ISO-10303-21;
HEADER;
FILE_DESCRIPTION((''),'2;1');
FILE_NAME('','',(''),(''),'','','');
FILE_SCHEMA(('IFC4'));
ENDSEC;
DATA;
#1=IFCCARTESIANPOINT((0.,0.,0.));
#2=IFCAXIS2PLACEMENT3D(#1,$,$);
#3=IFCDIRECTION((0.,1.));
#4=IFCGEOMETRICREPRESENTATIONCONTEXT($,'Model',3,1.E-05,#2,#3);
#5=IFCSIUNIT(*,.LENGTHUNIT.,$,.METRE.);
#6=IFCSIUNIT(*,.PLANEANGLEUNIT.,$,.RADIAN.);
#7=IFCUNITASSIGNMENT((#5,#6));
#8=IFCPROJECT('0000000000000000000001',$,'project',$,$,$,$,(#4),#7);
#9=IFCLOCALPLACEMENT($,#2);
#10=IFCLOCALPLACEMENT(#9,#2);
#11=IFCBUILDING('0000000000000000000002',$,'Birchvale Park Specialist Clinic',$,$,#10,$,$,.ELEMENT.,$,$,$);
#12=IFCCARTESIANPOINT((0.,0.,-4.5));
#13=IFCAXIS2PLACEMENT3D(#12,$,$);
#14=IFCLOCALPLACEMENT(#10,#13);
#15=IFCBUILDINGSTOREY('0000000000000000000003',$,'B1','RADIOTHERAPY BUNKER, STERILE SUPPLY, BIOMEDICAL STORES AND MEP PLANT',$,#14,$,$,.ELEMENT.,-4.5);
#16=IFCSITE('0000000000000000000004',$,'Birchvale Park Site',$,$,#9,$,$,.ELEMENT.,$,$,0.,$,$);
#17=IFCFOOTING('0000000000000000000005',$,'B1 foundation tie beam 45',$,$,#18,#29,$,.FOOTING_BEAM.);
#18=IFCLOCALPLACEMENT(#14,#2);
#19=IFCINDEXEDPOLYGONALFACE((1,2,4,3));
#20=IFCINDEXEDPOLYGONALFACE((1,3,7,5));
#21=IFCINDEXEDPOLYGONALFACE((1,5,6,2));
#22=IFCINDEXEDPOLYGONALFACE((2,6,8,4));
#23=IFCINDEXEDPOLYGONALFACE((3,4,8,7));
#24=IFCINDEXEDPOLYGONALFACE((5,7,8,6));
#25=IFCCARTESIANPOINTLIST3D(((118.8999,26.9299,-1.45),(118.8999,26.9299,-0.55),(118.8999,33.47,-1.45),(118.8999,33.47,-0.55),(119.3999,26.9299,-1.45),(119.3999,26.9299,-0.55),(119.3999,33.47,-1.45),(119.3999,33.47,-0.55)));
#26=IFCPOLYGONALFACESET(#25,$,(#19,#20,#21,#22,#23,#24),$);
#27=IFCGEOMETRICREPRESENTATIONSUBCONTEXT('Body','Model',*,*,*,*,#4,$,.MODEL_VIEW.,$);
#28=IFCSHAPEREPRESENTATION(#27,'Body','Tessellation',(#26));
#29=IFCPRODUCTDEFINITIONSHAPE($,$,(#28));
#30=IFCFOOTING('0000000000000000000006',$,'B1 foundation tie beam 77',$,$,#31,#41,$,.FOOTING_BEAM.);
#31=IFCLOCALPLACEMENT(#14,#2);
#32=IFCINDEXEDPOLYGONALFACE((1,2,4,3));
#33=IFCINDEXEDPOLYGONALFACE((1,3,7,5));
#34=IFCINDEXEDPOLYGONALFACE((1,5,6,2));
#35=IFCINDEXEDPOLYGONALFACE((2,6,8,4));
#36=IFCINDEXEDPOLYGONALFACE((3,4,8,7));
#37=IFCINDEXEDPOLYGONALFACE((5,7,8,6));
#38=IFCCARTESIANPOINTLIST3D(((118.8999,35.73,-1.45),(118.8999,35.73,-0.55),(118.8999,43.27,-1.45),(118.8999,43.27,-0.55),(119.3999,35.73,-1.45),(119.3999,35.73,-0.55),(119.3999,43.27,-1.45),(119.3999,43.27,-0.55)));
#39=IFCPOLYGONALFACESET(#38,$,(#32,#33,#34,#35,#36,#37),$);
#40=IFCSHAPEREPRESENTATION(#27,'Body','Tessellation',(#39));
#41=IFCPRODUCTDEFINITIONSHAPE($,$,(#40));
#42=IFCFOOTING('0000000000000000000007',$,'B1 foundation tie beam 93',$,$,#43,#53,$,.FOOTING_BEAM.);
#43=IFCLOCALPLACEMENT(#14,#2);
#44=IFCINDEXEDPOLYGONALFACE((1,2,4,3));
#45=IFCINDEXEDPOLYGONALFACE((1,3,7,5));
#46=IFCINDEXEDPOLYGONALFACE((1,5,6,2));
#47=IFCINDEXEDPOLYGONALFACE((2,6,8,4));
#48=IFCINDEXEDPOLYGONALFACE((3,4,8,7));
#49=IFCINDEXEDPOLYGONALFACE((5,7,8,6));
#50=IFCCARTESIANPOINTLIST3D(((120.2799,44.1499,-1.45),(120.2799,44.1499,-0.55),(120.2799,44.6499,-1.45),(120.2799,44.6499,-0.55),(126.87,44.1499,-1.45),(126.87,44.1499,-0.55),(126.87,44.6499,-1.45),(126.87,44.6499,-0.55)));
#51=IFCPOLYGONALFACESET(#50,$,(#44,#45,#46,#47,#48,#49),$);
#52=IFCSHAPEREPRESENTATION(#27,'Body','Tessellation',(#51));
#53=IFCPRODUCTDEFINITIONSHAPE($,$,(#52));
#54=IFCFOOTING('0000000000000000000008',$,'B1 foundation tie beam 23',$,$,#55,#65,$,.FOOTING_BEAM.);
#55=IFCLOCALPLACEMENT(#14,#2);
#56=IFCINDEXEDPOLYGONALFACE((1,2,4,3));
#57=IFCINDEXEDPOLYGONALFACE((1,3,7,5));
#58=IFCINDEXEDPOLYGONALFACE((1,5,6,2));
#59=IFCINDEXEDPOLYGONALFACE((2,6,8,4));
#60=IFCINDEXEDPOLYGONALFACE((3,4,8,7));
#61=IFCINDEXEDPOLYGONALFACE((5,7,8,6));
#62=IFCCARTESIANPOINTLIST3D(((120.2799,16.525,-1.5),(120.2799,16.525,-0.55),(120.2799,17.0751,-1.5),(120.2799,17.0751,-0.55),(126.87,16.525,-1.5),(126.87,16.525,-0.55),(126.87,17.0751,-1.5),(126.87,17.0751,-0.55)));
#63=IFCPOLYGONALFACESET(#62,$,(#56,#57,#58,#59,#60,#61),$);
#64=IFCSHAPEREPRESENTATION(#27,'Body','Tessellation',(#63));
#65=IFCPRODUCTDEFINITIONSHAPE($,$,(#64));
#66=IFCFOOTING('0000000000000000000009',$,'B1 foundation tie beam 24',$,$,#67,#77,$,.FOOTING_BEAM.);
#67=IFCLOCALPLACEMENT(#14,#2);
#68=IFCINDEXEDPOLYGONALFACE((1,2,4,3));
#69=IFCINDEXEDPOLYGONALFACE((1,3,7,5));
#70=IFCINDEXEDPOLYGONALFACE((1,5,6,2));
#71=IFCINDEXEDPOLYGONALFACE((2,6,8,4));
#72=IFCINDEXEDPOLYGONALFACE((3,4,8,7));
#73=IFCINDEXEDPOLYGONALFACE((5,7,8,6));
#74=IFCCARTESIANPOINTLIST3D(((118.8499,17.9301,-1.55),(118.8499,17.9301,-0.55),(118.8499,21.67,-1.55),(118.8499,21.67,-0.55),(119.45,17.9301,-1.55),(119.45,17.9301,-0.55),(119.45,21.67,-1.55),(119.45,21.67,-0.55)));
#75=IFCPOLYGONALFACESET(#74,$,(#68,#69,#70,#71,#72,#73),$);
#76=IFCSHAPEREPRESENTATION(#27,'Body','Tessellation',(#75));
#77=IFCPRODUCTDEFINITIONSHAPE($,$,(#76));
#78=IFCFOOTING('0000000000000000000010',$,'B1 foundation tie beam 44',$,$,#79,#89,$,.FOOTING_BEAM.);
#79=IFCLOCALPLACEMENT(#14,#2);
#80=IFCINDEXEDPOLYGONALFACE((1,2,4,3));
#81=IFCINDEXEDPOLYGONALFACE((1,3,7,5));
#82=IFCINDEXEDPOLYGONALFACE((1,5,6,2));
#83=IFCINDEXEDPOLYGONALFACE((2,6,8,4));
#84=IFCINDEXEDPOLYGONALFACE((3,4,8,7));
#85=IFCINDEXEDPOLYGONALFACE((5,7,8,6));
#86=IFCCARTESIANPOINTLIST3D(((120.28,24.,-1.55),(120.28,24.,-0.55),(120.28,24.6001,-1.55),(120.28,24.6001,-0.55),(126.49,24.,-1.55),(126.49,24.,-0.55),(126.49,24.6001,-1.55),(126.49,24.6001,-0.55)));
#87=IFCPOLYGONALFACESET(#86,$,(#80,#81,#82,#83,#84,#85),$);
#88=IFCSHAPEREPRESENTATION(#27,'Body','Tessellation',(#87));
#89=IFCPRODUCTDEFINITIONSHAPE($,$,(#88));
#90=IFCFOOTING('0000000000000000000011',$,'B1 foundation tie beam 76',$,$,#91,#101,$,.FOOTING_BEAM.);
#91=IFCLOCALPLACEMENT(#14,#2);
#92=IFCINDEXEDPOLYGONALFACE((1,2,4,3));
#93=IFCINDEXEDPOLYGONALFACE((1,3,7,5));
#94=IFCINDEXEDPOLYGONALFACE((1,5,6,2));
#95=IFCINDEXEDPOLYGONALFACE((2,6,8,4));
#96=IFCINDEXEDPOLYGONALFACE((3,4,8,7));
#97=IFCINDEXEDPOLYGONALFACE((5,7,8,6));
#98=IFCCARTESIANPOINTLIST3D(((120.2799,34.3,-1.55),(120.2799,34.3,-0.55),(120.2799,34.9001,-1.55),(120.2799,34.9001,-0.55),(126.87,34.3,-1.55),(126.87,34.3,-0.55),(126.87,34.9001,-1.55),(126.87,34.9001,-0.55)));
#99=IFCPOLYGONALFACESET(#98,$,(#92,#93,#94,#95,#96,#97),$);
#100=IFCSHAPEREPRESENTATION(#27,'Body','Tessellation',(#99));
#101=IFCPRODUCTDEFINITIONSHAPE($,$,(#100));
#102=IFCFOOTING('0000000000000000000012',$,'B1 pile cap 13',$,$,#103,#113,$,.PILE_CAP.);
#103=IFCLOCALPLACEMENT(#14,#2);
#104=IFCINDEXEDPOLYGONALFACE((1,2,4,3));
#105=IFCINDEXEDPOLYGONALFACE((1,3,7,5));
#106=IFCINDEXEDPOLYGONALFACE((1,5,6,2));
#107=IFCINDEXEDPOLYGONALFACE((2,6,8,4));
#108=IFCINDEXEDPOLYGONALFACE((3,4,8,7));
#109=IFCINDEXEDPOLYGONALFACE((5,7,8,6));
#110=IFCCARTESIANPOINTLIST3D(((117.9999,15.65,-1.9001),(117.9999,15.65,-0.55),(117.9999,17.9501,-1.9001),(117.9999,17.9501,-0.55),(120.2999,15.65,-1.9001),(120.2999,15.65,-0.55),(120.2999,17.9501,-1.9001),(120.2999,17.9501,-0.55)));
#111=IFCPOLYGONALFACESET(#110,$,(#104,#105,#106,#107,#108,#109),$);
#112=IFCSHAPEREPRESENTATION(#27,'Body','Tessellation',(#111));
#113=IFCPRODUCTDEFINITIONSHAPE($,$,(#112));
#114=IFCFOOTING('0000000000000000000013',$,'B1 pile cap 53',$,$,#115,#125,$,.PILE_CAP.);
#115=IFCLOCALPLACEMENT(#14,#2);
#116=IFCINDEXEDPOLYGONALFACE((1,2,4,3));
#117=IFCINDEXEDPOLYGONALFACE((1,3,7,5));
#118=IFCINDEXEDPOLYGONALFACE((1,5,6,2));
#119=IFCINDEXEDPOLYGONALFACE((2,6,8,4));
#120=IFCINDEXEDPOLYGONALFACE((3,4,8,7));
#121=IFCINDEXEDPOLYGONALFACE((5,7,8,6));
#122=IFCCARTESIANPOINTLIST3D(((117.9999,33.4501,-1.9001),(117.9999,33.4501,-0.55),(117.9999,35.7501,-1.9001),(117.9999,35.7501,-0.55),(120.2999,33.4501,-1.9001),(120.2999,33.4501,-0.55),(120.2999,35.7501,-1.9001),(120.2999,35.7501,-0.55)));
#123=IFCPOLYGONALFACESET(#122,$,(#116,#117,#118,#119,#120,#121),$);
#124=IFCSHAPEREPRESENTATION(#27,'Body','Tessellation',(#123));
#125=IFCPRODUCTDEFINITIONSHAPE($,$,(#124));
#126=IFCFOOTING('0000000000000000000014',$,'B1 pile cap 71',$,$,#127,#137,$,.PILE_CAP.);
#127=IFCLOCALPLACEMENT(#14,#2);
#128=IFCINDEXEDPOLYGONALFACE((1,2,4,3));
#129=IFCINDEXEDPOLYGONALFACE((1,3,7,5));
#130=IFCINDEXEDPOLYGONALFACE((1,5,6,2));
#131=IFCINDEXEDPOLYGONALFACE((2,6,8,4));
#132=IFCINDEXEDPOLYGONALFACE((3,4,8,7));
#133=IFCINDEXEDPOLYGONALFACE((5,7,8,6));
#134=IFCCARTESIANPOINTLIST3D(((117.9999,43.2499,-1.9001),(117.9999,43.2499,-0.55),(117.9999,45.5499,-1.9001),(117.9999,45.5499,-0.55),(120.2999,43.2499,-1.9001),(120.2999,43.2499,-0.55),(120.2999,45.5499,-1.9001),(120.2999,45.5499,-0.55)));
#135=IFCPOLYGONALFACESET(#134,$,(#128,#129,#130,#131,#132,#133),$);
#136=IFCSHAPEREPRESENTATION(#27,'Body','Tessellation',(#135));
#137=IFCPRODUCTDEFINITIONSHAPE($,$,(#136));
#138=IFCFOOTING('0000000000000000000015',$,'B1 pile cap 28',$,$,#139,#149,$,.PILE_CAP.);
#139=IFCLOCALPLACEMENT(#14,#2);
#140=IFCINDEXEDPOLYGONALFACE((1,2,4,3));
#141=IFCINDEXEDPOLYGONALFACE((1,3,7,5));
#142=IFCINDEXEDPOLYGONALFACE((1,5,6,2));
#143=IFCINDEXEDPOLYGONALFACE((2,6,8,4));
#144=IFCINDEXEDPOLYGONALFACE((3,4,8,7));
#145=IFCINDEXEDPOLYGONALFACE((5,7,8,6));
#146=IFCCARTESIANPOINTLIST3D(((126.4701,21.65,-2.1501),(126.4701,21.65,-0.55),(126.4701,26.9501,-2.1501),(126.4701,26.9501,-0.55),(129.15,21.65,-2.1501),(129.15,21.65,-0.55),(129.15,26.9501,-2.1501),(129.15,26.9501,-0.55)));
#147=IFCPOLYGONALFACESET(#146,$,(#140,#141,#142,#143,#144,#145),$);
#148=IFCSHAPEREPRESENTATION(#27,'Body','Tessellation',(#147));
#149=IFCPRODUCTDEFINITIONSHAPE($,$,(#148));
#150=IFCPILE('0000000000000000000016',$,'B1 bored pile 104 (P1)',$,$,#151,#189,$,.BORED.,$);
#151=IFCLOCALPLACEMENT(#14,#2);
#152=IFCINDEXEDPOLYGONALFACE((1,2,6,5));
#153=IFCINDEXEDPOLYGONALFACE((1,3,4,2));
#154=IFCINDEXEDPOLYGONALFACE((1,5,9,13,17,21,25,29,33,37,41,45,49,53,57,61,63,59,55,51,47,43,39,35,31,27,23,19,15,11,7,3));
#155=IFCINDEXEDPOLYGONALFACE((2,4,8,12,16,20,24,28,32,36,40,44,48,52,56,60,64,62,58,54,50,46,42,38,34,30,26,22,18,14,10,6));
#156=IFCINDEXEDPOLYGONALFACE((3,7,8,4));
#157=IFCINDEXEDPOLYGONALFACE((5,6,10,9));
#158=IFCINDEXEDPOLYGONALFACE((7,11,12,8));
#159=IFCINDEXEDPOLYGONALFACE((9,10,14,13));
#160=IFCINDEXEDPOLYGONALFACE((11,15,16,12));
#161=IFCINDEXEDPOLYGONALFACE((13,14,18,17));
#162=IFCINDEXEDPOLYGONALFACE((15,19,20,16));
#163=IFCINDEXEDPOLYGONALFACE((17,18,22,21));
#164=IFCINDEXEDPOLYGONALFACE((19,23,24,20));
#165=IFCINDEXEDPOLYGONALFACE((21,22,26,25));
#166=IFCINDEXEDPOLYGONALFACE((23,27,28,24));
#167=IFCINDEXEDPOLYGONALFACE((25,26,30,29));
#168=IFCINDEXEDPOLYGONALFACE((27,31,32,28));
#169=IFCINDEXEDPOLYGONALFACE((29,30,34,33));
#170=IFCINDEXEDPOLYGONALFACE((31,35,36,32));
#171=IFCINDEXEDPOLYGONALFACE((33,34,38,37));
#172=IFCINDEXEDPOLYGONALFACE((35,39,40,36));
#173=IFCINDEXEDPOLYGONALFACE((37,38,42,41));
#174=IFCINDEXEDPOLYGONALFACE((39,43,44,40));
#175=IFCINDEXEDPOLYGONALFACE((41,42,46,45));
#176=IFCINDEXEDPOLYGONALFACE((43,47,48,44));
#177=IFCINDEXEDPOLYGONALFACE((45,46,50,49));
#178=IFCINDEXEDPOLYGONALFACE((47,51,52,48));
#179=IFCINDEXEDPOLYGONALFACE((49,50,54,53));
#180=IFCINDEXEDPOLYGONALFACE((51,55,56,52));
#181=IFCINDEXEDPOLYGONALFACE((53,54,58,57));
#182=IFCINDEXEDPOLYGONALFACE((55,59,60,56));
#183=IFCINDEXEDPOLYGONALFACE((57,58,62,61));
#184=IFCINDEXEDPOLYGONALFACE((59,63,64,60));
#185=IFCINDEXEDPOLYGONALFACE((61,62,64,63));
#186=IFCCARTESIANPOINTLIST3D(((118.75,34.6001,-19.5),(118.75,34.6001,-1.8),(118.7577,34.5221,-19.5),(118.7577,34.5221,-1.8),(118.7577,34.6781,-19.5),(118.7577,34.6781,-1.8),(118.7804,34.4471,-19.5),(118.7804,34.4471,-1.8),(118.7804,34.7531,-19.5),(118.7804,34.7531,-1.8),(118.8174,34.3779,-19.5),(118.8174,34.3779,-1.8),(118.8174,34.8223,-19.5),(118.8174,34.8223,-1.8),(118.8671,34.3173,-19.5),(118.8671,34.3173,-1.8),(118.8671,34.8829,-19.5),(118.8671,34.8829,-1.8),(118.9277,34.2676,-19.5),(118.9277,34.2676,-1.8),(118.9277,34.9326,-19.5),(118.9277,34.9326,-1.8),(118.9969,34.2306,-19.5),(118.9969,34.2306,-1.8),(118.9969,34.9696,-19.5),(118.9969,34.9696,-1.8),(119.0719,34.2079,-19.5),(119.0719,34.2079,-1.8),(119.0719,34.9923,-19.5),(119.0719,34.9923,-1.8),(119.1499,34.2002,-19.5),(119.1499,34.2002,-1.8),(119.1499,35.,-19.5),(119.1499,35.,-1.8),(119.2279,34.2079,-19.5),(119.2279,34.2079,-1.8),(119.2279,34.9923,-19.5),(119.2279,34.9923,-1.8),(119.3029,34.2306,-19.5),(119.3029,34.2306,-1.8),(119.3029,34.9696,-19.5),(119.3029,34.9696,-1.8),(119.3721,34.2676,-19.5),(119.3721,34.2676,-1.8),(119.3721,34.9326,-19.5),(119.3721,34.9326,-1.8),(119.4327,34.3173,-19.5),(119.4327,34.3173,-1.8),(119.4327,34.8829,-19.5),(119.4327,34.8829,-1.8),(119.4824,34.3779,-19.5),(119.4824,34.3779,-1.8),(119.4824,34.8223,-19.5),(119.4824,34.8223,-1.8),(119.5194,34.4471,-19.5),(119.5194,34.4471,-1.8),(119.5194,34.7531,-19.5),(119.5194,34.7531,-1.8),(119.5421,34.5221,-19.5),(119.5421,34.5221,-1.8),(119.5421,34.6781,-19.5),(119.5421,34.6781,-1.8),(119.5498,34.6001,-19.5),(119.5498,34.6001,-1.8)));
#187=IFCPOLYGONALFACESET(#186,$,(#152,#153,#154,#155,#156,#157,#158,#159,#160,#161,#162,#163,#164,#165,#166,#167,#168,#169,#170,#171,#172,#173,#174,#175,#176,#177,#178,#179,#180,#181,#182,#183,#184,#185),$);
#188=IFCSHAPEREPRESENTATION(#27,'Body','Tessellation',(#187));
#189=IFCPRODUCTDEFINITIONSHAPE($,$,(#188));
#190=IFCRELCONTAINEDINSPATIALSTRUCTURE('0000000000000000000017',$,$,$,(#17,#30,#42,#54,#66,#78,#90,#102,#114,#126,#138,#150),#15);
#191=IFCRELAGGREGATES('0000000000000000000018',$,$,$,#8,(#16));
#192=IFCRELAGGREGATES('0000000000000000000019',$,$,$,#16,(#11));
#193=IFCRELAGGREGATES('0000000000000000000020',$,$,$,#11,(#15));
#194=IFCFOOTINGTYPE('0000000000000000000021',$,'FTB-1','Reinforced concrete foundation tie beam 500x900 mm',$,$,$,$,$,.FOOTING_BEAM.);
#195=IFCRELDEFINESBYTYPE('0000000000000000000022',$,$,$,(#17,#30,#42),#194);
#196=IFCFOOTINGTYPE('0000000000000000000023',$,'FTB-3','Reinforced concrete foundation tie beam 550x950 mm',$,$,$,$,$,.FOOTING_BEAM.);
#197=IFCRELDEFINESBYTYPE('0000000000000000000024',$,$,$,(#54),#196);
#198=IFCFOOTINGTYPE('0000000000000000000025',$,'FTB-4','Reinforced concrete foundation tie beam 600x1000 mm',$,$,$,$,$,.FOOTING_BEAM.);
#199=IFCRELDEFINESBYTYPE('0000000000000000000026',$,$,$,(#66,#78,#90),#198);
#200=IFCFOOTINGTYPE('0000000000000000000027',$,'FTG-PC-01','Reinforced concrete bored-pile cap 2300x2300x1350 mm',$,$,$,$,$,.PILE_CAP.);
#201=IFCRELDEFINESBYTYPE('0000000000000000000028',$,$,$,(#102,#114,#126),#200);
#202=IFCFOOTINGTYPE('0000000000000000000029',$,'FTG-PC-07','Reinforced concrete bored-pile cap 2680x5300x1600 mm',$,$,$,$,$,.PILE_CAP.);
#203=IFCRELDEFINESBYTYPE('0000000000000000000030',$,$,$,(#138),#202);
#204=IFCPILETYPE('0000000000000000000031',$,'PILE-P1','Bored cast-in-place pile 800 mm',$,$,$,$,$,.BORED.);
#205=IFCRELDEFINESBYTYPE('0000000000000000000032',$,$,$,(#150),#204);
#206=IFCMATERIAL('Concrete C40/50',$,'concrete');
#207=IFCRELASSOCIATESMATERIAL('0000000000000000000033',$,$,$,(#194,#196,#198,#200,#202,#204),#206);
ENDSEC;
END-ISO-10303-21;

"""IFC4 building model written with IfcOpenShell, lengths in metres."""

from ifc_helpers import new_model, si_unit, direction, frame, origin, origin_2d, place, context, subcontext, project, spatial, rectangle, circle, extrude, material, material_profile, profile_set, type_object, element, save


model = new_model("IFC4")

# Units and contexts
model_context = context("Model", 3, precision=1e-05, world=origin(), true_north=direction((0.0, 1.0)))
body_context = subcontext(model_context, "Body", "Model", "MODEL_VIEW")
ifc_project = project(units=[si_unit("LENGTHUNIT", "METRE"), si_unit("PLANEANGLEUNIT", "RADIAN")], contexts=[model_context])

# Site, building, storey
site_placement = place(None, origin())
site = spatial("IfcSite", under=ifc_project, at=site_placement, Name="Birchvale Park Site", CompositionType="ELEMENT", RefElevation=0.0)
building_placement = place(site_placement, origin())
building = spatial("IfcBuilding", under=site, at=building_placement, Name="Birchvale Park Specialist Clinic", CompositionType="ELEMENT")
storey_placement = place(building_placement, frame((0.0, 0.0, -4.5)))
storey = spatial("IfcBuildingStorey", under=building, at=storey_placement, Name="B1", Description="RADIOTHERAPY BUNKER, STERILE SUPPLY, BIOMEDICAL STORES AND MEP PLANT", CompositionType="ELEMENT", Elevation=-4.5)

# Footings
ifc_material_1 = material(Name="Concrete C40/50", Category="concrete")
footing_type_1 = type_object("IfcFootingType", Name="FTB-1", Description="Reinforced concrete foundation tie beam 500x900 mm", PredefinedType="FOOTING_BEAM", material=ifc_material_1)
footing_1_placement = place(storey_placement, frame((119.1499, 30.2, -1.45), z_axis=(0.0, 0.0, 1.0), x_axis=(1.0, 0.0, 0.0)))
element("IfcFooting", 1, at=footing_1_placement, inside=storey, type_object=footing_type_1, Name="B1 foundation tie beam 45", PredefinedType="FOOTING_BEAM", context=body_context, shape_type="SweptSolid", body=[
    extrude(rectangle(XDim=0.5, YDim=6.54, at=origin_2d()), origin(), (0.0, 0.0, 1.0), 0.8999),
])
footing_2_placement = place(storey_placement, frame((119.1499, 39.5, -1.45), z_axis=(0.0, 0.0, 1.0), x_axis=(1.0, 0.0, 0.0)))
element("IfcFooting", 2, at=footing_2_placement, inside=storey, type_object=footing_type_1, Name="B1 foundation tie beam 77", PredefinedType="FOOTING_BEAM", context=body_context, shape_type="SweptSolid", body=[
    extrude(rectangle(XDim=0.5, YDim=7.54, at=origin_2d()), origin(), (0.0, 0.0, 1.0), 0.8999),
])
footing_3_placement = place(storey_placement, frame((123.575, 44.3999, -1.45), z_axis=(0.0, 0.0, 1.0), x_axis=(1.0, 0.0, 0.0)))
element("IfcFooting", 3, at=footing_3_placement, inside=storey, type_object=footing_type_1, Name="B1 foundation tie beam 93", PredefinedType="FOOTING_BEAM", context=body_context, shape_type="SweptSolid", body=[
    extrude(rectangle(XDim=6.5901, YDim=0.5, at=origin_2d()), origin(), (0.0, 0.0, 1.0), 0.8999),
])
footing_type_2 = type_object("IfcFootingType", Name="FTB-3", Description="Reinforced concrete foundation tie beam 550x950 mm", PredefinedType="FOOTING_BEAM", material=ifc_material_1)
footing_4_placement = place(storey_placement, frame((123.575, 16.8, -1.5), z_axis=(0.0, 0.0, 1.0), x_axis=(1.0, 0.0, 0.0)))
element("IfcFooting", 4, at=footing_4_placement, inside=storey, type_object=footing_type_2, Name="B1 foundation tie beam 23", PredefinedType="FOOTING_BEAM", context=body_context, shape_type="SweptSolid", body=[
    extrude(rectangle(XDim=6.5901, YDim=0.55, at=origin_2d()), origin(), (0.0, 0.0, 1.0), 0.95),
])
footing_type_3 = type_object("IfcFootingType", Name="FTB-4", Description="Reinforced concrete foundation tie beam 600x1000 mm", PredefinedType="FOOTING_BEAM", material=ifc_material_1)
footing_5_placement = place(storey_placement, frame((119.1499, 19.8, -1.55), z_axis=(0.0, 0.0, 1.0), x_axis=(1.0, 0.0, 0.0)))
element("IfcFooting", 5, at=footing_5_placement, inside=storey, type_object=footing_type_3, Name="B1 foundation tie beam 24", PredefinedType="FOOTING_BEAM", context=body_context, shape_type="SweptSolid", body=[
    extrude(rectangle(XDim=0.6001, YDim=3.74, at=origin_2d()), origin(), (0.0, 0.0, 1.0), 1.0),
])
footing_6_placement = place(storey_placement, frame((123.385, 24.3, -1.55), z_axis=(0.0, 0.0, 1.0), x_axis=(1.0, 0.0, 0.0)))
element("IfcFooting", 6, at=footing_6_placement, inside=storey, type_object=footing_type_3, Name="B1 foundation tie beam 44", PredefinedType="FOOTING_BEAM", context=body_context, shape_type="SweptSolid", body=[
    extrude(rectangle(XDim=6.21, YDim=0.6001, at=origin_2d()), origin(), (0.0, 0.0, 1.0), 1.0),
])
footing_7_placement = place(storey_placement, frame((123.575, 34.6001, -1.55), z_axis=(0.0, 0.0, 1.0), x_axis=(1.0, 0.0, 0.0)))
element("IfcFooting", 7, at=footing_7_placement, inside=storey, type_object=footing_type_3, Name="B1 foundation tie beam 76", PredefinedType="FOOTING_BEAM", context=body_context, shape_type="SweptSolid", body=[
    extrude(rectangle(XDim=6.5901, YDim=0.6001, at=origin_2d()), origin(), (0.0, 0.0, 1.0), 1.0),
])
footing_type_4 = type_object("IfcFootingType", Name="FTG-PC-01", Description="Reinforced concrete bored-pile cap 2300x2300x1350 mm", PredefinedType="PILE_CAP", material=ifc_material_1)
for number, where, z_axis, x_axis, name in (
    (8, (119.1499, 16.8, -1.9001), (0.0, 0.0, 1.0), (1.0, 0.0, 0.0), "B1 pile cap 13"),
    (9, (119.1499, 34.6001, -1.9001), (0.0, 0.0, 1.0), (1.0, 0.0, 0.0), "B1 pile cap 53"),
    (10, (119.1499, 44.3999, -1.9001), (0.0, 0.0, 1.0), (1.0, 0.0, 0.0), "B1 pile cap 71"),
):
    element("IfcFooting", number, at=place(storey_placement, frame(where, z_axis=z_axis, x_axis=x_axis)), inside=storey, type_object=footing_type_4, Name=name, PredefinedType="PILE_CAP", context=body_context, shape_type="SweptSolid", body=[
        extrude(rectangle(XDim=2.3, YDim=2.3, at=origin_2d()), origin(), (0.0, 0.0, 1.0), 1.3501),
    ])
footing_type_5 = type_object("IfcFootingType", Name="FTG-PC-07", Description="Reinforced concrete bored-pile cap 2680x5300x1600 mm", PredefinedType="PILE_CAP", material=ifc_material_1)
footing_8_placement = place(storey_placement, frame((127.8101, 24.3, -2.1501), z_axis=(0.0, 0.0, 1.0), x_axis=(1.0, 0.0, 0.0)))
element("IfcFooting", 11, at=footing_8_placement, inside=storey, type_object=footing_type_5, Name="B1 pile cap 28", PredefinedType="PILE_CAP", context=body_context, shape_type="SweptSolid", body=[
    extrude(rectangle(XDim=2.6799, YDim=5.3, at=origin_2d()), origin(), (0.0, 0.0, 1.0), 1.6001),
])

# Pile
ifc_material_profile_1 = material_profile(ifc_material_1, circle(Radius=0.3999, at=origin_2d()), Name="PILE-800")
ifc_profile_set_1 = profile_set([ifc_material_profile_1], Name="Concrete C40/50")
pile_type_1 = type_object("IfcPileType", Name="PILE-P1", Description="Bored cast-in-place pile 800 mm", PredefinedType="BORED", material=ifc_profile_set_1)
for number, where, z_axis, x_axis, name in (
    (12, (119.1499, 34.6001, -1.8), (0.0, 0.0, -1.0), (1.0, 0.0, 0.0), "B1 bored pile 104 (P1)"),
):
    element("IfcPile", number, at=place(storey_placement, frame(where, z_axis=z_axis, x_axis=x_axis)), inside=storey, type_object=pile_type_1, Name=name, PredefinedType="BORED", context=body_context, shape_type="SweptSolid", body=[
        extrude(circle(Radius=0.3999, at=origin_2d()), origin(), (0.0, 0.0, 1.0), 17.7),
    ])

save(model, "model.ifc")
